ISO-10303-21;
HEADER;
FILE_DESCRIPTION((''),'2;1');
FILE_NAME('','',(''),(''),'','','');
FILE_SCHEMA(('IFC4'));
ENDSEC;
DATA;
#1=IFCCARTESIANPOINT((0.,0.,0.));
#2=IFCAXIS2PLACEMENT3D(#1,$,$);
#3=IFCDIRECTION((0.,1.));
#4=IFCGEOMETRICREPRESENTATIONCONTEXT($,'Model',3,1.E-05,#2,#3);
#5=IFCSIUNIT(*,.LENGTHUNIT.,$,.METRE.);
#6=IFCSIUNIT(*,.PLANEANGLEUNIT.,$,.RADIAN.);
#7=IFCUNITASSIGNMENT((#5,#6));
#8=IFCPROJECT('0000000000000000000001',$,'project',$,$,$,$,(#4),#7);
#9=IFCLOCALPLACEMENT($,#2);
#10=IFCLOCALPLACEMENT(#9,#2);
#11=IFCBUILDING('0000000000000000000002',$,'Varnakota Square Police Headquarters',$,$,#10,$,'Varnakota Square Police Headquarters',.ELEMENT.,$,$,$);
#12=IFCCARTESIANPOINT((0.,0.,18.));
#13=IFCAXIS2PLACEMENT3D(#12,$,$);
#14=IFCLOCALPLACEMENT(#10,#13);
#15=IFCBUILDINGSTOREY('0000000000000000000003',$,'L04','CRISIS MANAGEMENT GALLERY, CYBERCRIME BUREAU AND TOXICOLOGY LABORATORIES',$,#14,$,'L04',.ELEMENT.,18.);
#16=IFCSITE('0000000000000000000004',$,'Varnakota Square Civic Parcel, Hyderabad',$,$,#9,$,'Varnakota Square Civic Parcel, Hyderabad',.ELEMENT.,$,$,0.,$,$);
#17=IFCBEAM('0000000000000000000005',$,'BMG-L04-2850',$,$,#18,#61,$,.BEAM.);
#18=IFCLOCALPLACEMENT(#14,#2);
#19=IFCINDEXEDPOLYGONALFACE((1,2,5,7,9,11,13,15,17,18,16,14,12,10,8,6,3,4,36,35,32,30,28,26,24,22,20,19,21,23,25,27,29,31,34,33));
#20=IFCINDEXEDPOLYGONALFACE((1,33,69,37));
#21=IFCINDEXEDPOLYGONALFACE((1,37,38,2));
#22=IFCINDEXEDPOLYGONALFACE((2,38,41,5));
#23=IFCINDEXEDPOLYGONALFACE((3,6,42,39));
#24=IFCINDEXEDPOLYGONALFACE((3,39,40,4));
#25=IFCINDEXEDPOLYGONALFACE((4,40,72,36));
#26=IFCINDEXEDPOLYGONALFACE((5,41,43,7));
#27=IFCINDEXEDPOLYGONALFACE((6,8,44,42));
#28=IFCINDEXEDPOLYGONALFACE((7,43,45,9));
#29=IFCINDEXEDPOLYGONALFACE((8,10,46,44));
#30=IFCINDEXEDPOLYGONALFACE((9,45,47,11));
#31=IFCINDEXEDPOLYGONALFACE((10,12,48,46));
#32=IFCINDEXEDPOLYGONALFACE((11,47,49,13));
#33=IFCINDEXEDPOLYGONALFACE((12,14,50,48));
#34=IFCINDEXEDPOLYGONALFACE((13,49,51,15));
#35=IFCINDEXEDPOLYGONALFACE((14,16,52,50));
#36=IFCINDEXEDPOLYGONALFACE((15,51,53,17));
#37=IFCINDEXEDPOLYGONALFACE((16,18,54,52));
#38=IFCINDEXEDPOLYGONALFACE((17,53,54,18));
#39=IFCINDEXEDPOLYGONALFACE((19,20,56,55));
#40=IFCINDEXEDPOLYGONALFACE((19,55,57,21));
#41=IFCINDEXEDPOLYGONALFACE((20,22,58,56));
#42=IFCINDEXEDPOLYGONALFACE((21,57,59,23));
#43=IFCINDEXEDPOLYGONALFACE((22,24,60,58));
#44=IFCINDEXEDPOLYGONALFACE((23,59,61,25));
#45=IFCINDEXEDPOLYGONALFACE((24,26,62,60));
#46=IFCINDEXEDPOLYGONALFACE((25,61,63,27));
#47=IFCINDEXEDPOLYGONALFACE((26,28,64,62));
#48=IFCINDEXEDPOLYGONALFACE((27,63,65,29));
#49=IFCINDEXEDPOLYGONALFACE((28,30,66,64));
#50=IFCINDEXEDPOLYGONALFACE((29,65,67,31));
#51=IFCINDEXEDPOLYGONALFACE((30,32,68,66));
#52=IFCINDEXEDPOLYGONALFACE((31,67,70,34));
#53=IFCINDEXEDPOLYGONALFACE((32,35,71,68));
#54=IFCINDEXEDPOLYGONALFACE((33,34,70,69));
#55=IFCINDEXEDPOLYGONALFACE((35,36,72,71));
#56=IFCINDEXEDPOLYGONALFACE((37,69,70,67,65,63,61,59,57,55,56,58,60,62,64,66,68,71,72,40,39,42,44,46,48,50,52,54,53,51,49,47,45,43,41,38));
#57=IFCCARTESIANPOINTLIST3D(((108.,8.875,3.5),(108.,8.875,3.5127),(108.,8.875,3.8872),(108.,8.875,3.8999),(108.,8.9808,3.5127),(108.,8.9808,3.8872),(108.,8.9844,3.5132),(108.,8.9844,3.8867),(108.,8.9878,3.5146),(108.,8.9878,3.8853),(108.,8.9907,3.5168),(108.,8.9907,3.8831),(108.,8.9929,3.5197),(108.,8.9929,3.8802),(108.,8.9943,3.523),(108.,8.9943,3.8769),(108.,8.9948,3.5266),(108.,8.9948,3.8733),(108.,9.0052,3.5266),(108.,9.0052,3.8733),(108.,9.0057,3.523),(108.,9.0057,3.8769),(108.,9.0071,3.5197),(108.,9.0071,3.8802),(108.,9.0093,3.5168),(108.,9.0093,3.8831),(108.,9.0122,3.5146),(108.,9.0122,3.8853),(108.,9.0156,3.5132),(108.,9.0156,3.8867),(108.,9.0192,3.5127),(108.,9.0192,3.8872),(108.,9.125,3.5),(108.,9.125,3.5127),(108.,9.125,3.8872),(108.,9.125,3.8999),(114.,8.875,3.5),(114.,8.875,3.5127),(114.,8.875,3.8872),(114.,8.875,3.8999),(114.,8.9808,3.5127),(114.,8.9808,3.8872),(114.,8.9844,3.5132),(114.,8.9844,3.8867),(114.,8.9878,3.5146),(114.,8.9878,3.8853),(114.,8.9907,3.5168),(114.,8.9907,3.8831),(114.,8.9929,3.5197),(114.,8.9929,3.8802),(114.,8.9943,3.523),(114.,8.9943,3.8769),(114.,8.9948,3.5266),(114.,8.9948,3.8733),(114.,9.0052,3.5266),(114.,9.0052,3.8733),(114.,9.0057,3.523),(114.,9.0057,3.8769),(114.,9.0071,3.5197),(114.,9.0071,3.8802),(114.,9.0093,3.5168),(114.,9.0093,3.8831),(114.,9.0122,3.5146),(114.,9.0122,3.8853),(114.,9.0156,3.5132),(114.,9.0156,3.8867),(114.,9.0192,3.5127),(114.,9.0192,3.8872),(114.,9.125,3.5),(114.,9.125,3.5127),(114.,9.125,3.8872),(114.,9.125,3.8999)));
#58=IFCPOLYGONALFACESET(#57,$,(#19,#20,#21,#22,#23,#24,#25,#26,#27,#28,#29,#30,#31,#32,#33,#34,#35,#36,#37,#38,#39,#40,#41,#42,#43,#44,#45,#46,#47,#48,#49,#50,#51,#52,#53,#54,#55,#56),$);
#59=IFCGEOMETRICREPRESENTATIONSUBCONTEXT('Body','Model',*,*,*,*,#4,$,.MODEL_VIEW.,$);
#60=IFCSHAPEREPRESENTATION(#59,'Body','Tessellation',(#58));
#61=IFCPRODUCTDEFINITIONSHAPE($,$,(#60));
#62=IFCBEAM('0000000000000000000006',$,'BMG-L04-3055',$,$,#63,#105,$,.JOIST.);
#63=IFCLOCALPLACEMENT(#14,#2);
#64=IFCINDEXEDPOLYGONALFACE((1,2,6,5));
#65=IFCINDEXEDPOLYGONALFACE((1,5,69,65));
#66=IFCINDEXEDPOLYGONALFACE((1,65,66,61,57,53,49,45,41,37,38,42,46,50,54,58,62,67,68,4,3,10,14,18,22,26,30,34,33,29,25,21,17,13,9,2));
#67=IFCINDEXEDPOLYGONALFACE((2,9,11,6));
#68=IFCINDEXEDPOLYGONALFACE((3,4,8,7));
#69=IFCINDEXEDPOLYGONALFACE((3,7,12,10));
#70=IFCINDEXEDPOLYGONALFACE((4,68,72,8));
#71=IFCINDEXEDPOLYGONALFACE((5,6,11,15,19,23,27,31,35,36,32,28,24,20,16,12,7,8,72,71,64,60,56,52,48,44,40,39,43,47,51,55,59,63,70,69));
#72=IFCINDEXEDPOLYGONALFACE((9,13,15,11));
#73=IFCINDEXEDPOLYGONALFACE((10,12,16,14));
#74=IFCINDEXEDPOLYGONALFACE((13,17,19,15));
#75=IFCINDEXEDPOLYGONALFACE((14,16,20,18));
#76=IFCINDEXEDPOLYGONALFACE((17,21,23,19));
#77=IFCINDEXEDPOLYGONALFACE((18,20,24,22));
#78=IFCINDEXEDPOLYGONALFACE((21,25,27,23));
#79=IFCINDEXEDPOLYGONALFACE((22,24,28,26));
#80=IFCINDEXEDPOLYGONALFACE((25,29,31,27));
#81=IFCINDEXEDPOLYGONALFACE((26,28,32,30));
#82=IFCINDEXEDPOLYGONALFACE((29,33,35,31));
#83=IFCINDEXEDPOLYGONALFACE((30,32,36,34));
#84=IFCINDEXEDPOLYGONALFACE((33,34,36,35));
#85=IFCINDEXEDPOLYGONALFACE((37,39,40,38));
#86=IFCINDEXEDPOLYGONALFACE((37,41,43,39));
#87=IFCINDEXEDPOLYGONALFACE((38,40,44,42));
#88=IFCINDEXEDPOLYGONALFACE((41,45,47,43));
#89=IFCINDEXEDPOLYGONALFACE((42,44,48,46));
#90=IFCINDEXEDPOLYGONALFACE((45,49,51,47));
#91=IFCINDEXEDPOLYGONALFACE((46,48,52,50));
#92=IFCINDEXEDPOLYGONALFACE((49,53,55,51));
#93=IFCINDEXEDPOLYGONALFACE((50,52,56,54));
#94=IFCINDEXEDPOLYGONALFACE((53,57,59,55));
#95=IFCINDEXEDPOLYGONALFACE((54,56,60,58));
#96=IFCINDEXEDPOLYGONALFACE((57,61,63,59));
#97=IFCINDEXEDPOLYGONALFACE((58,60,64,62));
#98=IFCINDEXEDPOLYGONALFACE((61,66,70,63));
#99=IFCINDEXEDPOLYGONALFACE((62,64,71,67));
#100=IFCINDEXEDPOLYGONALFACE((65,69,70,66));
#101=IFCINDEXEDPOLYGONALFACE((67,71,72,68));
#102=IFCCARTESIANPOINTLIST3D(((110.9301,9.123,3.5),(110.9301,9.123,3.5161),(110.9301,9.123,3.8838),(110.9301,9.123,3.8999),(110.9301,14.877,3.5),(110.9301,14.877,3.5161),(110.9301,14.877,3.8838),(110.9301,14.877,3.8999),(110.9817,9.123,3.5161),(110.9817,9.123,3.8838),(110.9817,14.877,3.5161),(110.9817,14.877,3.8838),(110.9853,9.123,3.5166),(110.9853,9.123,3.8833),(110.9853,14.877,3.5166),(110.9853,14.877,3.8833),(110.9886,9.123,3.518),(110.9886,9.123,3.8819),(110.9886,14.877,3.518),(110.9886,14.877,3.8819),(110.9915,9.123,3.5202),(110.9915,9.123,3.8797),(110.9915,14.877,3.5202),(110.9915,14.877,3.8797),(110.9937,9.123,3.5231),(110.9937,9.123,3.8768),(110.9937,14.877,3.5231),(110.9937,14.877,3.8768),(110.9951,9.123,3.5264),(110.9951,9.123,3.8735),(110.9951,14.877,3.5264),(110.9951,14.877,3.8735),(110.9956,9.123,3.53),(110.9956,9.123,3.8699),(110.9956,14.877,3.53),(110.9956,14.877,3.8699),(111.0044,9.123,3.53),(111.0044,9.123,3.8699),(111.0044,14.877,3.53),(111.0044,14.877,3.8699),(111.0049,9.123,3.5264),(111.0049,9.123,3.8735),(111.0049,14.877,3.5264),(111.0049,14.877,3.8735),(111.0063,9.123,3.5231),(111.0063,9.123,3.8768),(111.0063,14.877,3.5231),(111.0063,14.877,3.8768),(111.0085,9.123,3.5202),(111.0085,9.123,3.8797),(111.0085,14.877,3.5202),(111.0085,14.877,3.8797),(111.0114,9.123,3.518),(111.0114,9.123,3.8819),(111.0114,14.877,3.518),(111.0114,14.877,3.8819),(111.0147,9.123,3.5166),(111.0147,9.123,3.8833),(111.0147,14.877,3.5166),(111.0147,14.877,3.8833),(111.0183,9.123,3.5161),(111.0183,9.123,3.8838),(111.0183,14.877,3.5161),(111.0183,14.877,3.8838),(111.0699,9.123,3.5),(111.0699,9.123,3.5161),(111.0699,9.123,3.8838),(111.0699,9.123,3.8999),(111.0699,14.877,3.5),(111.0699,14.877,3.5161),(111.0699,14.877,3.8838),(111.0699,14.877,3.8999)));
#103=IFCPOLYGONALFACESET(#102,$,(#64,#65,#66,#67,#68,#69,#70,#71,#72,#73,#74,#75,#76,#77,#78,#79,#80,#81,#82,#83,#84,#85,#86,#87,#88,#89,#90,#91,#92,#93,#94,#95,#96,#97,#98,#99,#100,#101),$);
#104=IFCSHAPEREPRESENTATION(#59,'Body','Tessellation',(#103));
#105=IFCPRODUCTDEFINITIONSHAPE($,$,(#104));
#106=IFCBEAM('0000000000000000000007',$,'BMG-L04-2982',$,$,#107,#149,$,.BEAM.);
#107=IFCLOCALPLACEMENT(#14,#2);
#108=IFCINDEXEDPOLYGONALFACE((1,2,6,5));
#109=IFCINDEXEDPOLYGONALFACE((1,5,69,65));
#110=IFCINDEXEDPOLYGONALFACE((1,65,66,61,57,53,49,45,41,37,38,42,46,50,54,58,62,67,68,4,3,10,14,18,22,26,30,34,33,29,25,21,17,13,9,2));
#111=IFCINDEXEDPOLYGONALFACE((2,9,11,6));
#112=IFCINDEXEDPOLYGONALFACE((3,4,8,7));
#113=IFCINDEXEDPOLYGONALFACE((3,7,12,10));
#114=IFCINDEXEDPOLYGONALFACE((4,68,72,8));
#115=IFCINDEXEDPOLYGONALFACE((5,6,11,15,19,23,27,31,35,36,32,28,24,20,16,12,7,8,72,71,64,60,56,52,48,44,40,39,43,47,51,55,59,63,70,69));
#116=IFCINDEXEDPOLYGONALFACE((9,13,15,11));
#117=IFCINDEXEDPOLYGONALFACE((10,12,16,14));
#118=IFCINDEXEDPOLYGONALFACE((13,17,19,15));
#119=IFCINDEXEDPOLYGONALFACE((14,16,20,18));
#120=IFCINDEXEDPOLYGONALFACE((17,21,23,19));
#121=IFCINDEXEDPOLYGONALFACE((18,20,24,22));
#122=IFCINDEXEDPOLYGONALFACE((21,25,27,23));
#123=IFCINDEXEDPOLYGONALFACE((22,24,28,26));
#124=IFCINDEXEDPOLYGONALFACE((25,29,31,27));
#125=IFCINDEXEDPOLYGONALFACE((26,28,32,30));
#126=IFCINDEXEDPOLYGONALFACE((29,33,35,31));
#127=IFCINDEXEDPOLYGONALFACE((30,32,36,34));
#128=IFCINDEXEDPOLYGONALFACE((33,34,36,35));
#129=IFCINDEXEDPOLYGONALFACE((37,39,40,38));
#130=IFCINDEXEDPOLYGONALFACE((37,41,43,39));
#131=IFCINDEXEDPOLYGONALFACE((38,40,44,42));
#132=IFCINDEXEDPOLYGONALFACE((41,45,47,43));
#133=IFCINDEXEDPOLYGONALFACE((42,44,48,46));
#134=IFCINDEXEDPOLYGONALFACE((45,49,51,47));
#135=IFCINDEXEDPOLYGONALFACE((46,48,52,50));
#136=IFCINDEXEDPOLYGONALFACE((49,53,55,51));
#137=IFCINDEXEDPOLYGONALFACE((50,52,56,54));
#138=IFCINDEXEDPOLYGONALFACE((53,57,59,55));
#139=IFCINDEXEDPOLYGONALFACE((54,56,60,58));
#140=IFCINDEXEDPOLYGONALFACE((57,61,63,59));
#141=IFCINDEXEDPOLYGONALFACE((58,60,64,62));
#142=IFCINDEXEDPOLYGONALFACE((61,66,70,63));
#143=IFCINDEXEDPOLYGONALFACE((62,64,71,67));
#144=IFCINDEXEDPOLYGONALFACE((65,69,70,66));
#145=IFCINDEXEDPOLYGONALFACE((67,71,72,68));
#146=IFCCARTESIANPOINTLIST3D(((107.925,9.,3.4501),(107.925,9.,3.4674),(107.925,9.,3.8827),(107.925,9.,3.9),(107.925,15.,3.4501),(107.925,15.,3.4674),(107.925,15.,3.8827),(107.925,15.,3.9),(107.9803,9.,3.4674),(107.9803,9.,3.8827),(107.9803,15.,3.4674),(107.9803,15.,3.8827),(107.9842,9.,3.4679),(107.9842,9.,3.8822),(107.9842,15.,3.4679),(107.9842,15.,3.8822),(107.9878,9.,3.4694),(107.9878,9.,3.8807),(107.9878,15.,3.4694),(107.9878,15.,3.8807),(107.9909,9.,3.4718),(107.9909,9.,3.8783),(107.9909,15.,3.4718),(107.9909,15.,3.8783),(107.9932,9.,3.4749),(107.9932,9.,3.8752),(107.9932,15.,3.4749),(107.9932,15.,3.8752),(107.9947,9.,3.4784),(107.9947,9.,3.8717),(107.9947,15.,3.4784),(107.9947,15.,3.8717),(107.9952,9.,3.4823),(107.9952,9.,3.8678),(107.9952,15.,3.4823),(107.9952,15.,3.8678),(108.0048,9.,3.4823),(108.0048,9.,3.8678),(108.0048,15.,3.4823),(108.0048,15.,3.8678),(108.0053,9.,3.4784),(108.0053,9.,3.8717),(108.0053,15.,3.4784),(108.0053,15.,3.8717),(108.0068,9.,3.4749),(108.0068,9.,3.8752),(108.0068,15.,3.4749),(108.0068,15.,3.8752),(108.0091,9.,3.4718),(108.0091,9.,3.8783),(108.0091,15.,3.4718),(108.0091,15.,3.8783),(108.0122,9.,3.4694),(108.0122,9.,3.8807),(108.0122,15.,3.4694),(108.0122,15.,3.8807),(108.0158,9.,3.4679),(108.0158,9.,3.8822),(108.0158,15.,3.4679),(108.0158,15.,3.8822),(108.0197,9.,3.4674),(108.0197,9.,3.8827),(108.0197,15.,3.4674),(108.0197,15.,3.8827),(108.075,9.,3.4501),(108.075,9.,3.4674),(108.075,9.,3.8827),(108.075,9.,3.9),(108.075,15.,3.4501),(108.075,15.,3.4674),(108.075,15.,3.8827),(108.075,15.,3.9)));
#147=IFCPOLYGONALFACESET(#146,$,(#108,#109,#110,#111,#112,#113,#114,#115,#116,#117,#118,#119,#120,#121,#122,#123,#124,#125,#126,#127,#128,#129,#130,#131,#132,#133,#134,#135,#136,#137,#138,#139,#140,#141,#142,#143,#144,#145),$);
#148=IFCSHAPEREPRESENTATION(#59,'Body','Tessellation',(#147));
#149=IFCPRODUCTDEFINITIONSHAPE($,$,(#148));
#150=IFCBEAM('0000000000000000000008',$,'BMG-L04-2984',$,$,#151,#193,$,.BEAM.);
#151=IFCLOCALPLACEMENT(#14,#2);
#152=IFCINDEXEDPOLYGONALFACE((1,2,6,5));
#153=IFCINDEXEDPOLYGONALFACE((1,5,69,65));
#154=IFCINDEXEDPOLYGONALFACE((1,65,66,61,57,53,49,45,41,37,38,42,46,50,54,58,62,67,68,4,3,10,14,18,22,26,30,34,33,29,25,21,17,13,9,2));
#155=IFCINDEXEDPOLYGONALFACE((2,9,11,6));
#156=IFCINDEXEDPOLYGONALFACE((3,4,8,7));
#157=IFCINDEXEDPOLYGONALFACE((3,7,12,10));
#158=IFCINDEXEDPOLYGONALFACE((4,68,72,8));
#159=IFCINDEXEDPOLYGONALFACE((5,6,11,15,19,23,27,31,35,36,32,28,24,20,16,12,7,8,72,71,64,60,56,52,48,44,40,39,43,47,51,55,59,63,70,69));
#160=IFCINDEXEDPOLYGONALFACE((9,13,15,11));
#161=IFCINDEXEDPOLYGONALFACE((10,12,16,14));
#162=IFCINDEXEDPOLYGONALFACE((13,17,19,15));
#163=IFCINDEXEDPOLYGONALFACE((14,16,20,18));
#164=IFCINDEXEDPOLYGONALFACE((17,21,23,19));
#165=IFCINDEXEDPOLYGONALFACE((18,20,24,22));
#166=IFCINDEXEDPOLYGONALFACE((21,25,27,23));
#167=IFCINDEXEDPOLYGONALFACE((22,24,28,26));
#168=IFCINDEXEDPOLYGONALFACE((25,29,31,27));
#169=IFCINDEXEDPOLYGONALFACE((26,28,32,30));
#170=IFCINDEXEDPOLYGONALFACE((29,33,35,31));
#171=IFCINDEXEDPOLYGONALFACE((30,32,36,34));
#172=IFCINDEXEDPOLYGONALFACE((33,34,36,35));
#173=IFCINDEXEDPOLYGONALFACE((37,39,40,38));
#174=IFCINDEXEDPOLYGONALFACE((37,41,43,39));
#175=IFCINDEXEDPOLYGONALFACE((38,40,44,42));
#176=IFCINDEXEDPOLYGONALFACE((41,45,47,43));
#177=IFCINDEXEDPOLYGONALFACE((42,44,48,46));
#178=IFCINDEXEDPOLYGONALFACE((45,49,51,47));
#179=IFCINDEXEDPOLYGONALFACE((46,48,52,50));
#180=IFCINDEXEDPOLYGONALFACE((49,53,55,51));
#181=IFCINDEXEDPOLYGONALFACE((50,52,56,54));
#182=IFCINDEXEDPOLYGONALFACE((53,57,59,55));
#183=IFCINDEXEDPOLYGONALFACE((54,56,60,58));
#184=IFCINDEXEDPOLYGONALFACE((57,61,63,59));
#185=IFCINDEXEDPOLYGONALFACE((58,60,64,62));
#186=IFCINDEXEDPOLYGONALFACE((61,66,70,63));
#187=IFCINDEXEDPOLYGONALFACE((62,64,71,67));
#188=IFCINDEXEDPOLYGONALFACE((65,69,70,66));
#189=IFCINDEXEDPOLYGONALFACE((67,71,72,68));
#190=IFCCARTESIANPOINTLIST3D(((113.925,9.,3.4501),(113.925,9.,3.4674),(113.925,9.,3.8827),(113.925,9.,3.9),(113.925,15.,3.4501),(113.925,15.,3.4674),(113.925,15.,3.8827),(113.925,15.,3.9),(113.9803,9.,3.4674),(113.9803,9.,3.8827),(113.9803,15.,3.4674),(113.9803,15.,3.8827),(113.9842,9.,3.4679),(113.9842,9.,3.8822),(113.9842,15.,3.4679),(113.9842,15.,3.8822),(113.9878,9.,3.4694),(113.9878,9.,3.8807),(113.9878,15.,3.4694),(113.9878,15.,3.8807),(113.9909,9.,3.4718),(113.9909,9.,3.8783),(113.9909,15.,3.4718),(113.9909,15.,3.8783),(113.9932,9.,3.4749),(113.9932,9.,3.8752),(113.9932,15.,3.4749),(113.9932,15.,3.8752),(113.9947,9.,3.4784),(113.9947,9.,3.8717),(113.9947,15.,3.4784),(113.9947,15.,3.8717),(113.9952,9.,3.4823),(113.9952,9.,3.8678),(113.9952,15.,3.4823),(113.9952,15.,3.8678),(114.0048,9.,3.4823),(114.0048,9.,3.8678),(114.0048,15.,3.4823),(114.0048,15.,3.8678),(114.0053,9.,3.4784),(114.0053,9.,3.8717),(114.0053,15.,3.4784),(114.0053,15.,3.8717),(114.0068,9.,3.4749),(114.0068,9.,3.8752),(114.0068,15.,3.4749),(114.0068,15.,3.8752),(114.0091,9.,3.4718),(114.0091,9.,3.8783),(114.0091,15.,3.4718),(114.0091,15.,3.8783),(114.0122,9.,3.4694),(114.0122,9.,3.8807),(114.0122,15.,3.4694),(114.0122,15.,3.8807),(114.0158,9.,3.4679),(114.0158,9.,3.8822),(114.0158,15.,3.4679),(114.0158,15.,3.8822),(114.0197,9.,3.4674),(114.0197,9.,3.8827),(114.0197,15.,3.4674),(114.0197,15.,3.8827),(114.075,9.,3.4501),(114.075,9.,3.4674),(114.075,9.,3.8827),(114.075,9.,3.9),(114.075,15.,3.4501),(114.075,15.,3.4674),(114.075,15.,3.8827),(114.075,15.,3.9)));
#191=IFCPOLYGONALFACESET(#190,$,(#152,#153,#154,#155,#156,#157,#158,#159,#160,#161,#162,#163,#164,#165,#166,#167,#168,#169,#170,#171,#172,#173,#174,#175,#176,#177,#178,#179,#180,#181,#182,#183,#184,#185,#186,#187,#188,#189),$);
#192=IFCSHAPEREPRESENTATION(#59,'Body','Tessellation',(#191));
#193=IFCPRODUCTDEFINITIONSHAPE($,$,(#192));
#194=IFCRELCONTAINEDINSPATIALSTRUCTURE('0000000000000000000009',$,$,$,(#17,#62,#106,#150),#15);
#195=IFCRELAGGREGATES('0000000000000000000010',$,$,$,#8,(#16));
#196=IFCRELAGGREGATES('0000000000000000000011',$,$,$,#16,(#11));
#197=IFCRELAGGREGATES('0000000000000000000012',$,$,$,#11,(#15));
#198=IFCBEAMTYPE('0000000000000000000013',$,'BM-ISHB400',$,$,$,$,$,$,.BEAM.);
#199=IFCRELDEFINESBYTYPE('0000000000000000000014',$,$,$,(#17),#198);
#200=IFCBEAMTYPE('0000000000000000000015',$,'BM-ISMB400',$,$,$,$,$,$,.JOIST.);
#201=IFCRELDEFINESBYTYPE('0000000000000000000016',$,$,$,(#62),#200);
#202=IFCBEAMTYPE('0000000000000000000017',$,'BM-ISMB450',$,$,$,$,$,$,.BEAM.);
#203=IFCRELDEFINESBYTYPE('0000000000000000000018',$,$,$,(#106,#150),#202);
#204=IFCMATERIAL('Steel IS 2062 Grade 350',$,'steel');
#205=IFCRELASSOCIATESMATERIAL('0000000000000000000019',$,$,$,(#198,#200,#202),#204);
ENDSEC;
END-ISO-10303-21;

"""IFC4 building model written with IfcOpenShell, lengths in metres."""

from ifc_helpers import new_model, si_unit, direction, frame, origin, origin_2d, place, context, subcontext, project, spatial, i_section, extrude, material, material_profile, profile_set, type_object, element, save


model = new_model("IFC4")

# Units and contexts
model_context = context("Model", 3, precision=1e-05, world=origin(), true_north=direction((0.0, 1.0)))
body_context = subcontext(model_context, "Body", "Model", "MODEL_VIEW")
ifc_project = project(units=[si_unit("LENGTHUNIT", "METRE"), si_unit("PLANEANGLEUNIT", "RADIAN")], contexts=[model_context])

# Site, building, storey
site_placement = place(None, origin())
site = spatial("IfcSite", under=ifc_project, at=site_placement, Name="Varnakota Square Civic Parcel, Hyderabad", LongName="Varnakota Square Civic Parcel, Hyderabad", CompositionType="ELEMENT", RefElevation=0.0)
building_placement = place(site_placement, origin())
building = spatial("IfcBuilding", under=site, at=building_placement, Name="Varnakota Square Police Headquarters", LongName="Varnakota Square Police Headquarters", CompositionType="ELEMENT")
storey_placement = place(building_placement, frame((0.0, 0.0, 18.0)))
storey = spatial("IfcBuildingStorey", under=building, at=storey_placement, Name="L04", Description="CRISIS MANAGEMENT GALLERY, CYBERCRIME BUREAU AND TOXICOLOGY LABORATORIES", LongName="L04", CompositionType="ELEMENT", Elevation=18.0)

# Shared definitions
ifc_material_1 = material(Name="Steel IS 2062 Grade 350", Category="steel")

# Beams
ifc_material_profile_1 = material_profile(ifc_material_1, i_section(OverallWidth=0.25, OverallDepth=0.3999, WebThickness=0.0105, FlangeThickness=0.0127, FilletRadius=0.0139, at=origin_2d()), Name="ISHB 400")
ifc_profile_set_1 = profile_set([ifc_material_profile_1], Name="Steel IS 2062 Grade 350")
beam_type_1 = type_object("IfcBeamType", Name="BM-ISHB400", PredefinedType="BEAM", material=ifc_profile_set_1)
beam_1_placement = place(storey_placement, frame((108.0, 9.0, 3.7), z_axis=(1.0, 0.0, 0.0), x_axis=(0.0, 1.0, 0.0)))
element("IfcBeam", 1, at=beam_1_placement, inside=storey, type_object=beam_type_1, Name="BMG-L04-2850", PredefinedType="BEAM", context=body_context, shape_type="SweptSolid", body=[
    extrude(i_section(OverallWidth=0.25, OverallDepth=0.3999, WebThickness=0.0105, FlangeThickness=0.0127, FilletRadius=0.0139, at=origin_2d()), origin(), (0.0, 0.0, 1.0), 6.0),
])
ifc_material_profile_2 = material_profile(ifc_material_1, i_section(OverallWidth=0.1399, OverallDepth=0.3999, WebThickness=0.0088, FlangeThickness=0.0161, FilletRadius=0.0139, at=origin_2d()), Name="ISMB 400")
ifc_profile_set_2 = profile_set([ifc_material_profile_2], Name="Steel IS 2062 Grade 350")
beam_type_2 = type_object("IfcBeamType", Name="BM-ISMB400", PredefinedType="JOIST", material=ifc_profile_set_2)
beam_2_placement = place(storey_placement, frame((111.0, 9.123, 3.7), z_axis=(0.0, 1.0, 0.0), x_axis=(-1.0, 0.0, 0.0)))
element("IfcBeam", 2, at=beam_2_placement, inside=storey, type_object=beam_type_2, Name="BMG-L04-3055", PredefinedType="JOIST", context=body_context, shape_type="SweptSolid", body=[
    extrude(i_section(OverallWidth=0.1399, OverallDepth=0.3999, WebThickness=0.0088, FlangeThickness=0.0161, FilletRadius=0.0139, at=origin_2d()), origin(), (0.0, 0.0, 1.0), 5.7539),
])
ifc_material_profile_3 = material_profile(ifc_material_1, i_section(OverallWidth=0.1499, OverallDepth=0.45, WebThickness=0.0095, FlangeThickness=0.0173, FilletRadius=0.0149, at=origin_2d()), Name="ISMB 450")
ifc_profile_set_3 = profile_set([ifc_material_profile_3], Name="Steel IS 2062 Grade 350")
beam_type_3 = type_object("IfcBeamType", Name="BM-ISMB450", PredefinedType="BEAM", material=ifc_profile_set_3)
for number, where, z_axis, x_axis, name in (
    (3, (108.0, 9.0, 3.675), (0.0, 1.0, 0.0), (-1.0, 0.0, 0.0), "BMG-L04-2982"),
    (4, (114.0, 9.0, 3.675), (0.0, 1.0, 0.0), (-1.0, 0.0, 0.0), "BMG-L04-2984"),
):
    element("IfcBeam", number, at=place(storey_placement, frame(where, z_axis=z_axis, x_axis=x_axis)), inside=storey, type_object=beam_type_3, Name=name, PredefinedType="BEAM", context=body_context, shape_type="SweptSolid", body=[
        extrude(i_section(OverallWidth=0.1499, OverallDepth=0.45, WebThickness=0.0095, FlangeThickness=0.0173, FilletRadius=0.0149, at=origin_2d()), origin(), (0.0, 0.0, 1.0), 6.0),
    ])

save(model, "model.ifc")
